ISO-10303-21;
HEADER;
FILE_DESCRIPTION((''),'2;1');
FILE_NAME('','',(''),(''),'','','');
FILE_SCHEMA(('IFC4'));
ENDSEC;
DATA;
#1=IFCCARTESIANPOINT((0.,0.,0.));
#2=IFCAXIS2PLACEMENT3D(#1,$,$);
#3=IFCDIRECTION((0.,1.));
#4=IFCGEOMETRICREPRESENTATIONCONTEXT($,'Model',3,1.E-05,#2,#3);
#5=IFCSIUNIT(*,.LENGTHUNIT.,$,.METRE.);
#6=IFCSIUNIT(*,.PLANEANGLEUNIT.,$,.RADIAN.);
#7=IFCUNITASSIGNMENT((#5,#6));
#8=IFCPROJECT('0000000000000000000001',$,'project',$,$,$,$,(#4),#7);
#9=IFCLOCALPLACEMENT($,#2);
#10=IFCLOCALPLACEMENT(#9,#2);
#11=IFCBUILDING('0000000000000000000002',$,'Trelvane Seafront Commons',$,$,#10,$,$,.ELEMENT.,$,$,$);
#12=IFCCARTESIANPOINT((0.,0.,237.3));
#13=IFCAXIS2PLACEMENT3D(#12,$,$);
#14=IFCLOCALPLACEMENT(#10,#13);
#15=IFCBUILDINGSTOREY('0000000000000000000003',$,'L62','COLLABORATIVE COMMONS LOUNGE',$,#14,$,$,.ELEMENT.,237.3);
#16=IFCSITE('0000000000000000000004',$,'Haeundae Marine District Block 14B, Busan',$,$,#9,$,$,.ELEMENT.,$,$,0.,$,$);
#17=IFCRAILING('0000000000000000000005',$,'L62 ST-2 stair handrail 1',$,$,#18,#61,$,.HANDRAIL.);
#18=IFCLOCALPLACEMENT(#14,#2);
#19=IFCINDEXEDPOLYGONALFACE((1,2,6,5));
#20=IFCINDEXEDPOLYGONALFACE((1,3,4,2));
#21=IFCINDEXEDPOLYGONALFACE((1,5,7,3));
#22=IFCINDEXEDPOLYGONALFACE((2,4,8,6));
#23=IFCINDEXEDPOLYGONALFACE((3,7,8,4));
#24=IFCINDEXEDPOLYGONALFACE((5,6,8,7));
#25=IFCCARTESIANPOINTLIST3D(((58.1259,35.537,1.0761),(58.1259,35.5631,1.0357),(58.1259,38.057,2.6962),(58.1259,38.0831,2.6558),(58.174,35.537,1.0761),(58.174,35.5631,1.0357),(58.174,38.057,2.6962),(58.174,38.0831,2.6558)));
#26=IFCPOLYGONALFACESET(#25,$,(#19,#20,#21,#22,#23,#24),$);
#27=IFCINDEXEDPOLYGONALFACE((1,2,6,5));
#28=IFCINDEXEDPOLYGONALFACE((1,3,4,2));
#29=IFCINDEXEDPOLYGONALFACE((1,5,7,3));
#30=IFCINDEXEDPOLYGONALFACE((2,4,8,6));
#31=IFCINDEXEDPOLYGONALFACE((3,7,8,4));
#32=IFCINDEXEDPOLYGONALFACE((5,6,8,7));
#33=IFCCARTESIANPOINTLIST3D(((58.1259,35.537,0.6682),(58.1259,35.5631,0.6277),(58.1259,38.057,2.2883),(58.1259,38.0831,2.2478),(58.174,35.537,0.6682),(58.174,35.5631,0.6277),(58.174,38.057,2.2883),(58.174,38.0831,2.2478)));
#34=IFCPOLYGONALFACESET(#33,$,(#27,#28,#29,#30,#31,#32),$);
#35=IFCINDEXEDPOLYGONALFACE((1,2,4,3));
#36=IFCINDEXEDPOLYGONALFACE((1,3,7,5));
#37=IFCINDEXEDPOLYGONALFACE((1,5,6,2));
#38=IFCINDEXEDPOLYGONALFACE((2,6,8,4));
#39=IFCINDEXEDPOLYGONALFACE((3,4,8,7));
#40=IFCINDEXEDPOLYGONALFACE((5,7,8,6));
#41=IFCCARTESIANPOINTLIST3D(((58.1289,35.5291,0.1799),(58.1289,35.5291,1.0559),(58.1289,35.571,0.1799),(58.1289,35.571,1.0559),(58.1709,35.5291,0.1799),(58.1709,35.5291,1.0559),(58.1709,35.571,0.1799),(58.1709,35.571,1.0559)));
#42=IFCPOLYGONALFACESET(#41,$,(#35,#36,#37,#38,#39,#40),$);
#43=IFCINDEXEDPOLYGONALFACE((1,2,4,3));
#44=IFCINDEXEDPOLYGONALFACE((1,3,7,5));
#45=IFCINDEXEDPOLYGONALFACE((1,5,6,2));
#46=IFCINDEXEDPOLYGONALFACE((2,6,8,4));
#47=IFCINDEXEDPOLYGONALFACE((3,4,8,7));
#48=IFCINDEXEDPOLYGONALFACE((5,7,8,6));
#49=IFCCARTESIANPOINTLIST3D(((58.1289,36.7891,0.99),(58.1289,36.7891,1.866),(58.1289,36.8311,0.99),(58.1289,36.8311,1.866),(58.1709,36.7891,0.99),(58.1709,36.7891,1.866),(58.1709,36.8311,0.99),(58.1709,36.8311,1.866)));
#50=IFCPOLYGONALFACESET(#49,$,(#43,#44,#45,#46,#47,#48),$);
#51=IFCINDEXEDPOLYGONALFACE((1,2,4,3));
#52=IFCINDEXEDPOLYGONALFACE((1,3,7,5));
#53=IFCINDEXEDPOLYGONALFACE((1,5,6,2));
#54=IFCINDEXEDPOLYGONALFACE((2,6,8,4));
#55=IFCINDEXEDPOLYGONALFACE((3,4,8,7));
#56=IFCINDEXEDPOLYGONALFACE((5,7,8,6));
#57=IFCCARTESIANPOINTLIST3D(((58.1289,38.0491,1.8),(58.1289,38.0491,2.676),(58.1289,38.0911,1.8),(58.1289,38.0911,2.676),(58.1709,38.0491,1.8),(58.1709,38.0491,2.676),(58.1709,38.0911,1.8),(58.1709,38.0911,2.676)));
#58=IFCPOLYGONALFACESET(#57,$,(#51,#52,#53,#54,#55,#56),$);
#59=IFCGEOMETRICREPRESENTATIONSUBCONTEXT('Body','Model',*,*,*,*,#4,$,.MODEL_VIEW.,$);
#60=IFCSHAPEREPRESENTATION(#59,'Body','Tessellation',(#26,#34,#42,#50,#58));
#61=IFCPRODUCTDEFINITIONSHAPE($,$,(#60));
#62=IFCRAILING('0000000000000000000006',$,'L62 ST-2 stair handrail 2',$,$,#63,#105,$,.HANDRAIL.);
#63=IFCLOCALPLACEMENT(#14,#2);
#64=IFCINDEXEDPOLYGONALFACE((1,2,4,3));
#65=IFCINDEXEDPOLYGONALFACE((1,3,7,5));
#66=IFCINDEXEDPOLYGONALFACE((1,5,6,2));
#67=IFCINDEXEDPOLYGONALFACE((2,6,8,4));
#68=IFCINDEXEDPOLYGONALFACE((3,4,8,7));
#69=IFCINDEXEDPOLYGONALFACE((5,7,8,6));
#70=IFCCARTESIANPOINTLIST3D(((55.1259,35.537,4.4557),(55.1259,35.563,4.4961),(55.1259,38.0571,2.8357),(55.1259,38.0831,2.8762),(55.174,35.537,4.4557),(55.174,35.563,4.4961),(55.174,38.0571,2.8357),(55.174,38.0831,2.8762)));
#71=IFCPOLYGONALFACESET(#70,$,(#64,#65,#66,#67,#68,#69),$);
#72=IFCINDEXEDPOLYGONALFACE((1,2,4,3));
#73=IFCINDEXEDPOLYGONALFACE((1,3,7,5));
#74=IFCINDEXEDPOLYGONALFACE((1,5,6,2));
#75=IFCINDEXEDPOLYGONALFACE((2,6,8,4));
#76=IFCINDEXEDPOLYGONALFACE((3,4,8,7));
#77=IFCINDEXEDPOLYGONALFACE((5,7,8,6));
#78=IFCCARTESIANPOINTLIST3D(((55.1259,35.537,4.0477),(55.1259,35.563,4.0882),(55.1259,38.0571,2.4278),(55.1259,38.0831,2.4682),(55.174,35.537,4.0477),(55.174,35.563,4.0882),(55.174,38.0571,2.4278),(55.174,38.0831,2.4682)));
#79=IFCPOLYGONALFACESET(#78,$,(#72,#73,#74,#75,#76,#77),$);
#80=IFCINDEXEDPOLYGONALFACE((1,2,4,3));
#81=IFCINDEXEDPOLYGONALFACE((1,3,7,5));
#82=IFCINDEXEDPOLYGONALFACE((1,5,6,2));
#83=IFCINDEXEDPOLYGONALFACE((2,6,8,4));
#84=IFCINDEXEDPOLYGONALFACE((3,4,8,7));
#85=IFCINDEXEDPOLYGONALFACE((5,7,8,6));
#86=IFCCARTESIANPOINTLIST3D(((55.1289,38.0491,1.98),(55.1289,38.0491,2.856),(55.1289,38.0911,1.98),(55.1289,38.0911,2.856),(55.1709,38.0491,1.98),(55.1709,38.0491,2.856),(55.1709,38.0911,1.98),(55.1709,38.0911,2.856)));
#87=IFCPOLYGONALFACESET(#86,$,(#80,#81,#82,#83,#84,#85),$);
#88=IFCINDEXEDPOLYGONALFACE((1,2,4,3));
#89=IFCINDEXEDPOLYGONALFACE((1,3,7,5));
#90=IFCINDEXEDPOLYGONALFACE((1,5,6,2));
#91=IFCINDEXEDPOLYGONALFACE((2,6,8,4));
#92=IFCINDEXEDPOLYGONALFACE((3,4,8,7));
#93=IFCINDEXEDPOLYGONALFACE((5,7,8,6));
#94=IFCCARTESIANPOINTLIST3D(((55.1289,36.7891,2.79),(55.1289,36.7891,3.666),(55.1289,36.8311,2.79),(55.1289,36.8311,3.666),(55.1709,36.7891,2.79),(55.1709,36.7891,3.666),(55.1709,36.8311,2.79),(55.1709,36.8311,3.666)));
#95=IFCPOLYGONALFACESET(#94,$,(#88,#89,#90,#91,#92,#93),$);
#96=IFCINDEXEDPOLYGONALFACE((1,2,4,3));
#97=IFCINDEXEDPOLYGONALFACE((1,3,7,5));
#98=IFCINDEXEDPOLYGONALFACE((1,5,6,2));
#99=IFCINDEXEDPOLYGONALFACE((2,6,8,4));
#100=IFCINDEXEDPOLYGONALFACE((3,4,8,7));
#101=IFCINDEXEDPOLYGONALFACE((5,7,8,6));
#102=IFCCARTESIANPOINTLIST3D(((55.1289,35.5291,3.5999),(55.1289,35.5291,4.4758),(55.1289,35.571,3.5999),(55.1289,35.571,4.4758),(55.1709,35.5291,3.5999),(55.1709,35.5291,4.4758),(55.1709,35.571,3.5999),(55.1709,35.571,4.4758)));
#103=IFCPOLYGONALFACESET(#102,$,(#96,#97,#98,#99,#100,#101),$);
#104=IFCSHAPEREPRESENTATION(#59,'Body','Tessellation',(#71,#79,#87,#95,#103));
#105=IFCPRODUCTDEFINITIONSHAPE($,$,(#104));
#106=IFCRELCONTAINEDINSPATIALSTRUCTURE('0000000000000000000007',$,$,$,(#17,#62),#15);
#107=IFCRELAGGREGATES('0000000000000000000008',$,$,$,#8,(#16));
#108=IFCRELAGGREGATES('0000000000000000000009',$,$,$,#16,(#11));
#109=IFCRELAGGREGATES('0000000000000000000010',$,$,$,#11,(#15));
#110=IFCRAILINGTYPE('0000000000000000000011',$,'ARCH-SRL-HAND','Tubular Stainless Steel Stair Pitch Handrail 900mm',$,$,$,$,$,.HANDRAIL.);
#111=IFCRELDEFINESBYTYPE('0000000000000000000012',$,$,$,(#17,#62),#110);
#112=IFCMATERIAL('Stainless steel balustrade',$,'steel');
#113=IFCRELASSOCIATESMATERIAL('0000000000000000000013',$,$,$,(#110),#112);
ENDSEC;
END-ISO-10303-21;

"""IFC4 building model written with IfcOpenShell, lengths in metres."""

from ifc_helpers import new_model, si_unit, direction, frame, origin, origin_2d, place, context, subcontext, project, spatial, rectangle, extrude, material, type_object, element, save


model = new_model("IFC4")

# Units and contexts
model_context = context("Model", 3, precision=1e-05, world=origin(), true_north=direction((0.0, 1.0)))
body_context = subcontext(model_context, "Body", "Model", "MODEL_VIEW")
ifc_project = project(units=[si_unit("LENGTHUNIT", "METRE"), si_unit("PLANEANGLEUNIT", "RADIAN")], contexts=[model_context])

# Site, building, storey
site_placement = place(None, origin())
site = spatial("IfcSite", under=ifc_project, at=site_placement, Name="Haeundae Marine District Block 14B, Busan", CompositionType="ELEMENT", RefElevation=0.0)
building_placement = place(site_placement, origin())
building = spatial("IfcBuilding", under=site, at=building_placement, Name="Trelvane Seafront Commons", CompositionType="ELEMENT")
storey_placement = place(building_placement, frame((0.0, 0.0, 237.3)))
storey = spatial("IfcBuildingStorey", under=building, at=storey_placement, Name="L62", Description="COLLABORATIVE COMMONS LOUNGE", CompositionType="ELEMENT", Elevation=237.3)

# Railings
ifc_material_1 = material(Name="Stainless steel balustrade", Category="steel")
railing_type_1 = type_object("IfcRailingType", Name="ARCH-SRL-HAND", Description="Tubular Stainless Steel Stair Pitch Handrail 900mm", PredefinedType="HANDRAIL", material=ifc_material_1)
railing_1_placement = place(storey_placement, frame((58.1499, 35.55, 0.1799)))
element("IfcRailing", 1, at=railing_1_placement, inside=storey, type_object=railing_type_1, Name="L62 ST-2 stair handrail 1", PredefinedType="HANDRAIL", context=body_context, shape_type="SweptSolid", body=[
    extrude(rectangle(XDim=0.0481, YDim=0.0481, at=origin_2d()), frame((0.0, 0.0, 0.876), z_axis=(0.0, 0.841163, 0.540782), x_axis=(-1.0, 0.0, 0.0)), (0.0, 0.0, 1.0), 2.9958),
    extrude(rectangle(XDim=0.0481, YDim=0.0481, at=origin_2d()), frame((0.0, 0.0, 0.468), z_axis=(0.0, 0.841163, 0.540782), x_axis=(-1.0, 0.0, 0.0)), (0.0, 0.0, 1.0), 2.9958),
    extrude(rectangle(XDim=0.042, YDim=0.042, at=origin_2d()), origin(), (0.0, 0.0, 1.0), 0.876),
    extrude(rectangle(XDim=0.042, YDim=0.042, at=origin_2d()), frame((0.0, 1.26, 0.8101)), (0.0, 0.0, 1.0), 0.876),
    extrude(rectangle(XDim=0.042, YDim=0.042, at=origin_2d()), frame((0.0, 2.52, 1.6201)), (0.0, 0.0, 1.0), 0.876),
])
railing_2_placement = place(storey_placement, frame((55.1499, 38.0701, 1.98)))
element("IfcRailing", 2, at=railing_2_placement, inside=storey, type_object=railing_type_1, Name="L62 ST-2 stair handrail 2", PredefinedType="HANDRAIL", context=body_context, shape_type="SweptSolid", body=[
    extrude(rectangle(XDim=0.0481, YDim=0.0481, at=origin_2d()), frame((0.0, 0.0, 0.876), z_axis=(0.0, -0.8412, 0.540725), x_axis=(1.0, 0.0, 0.0)), (0.0, 0.0, 1.0), 2.9958),
    extrude(rectangle(XDim=0.0481, YDim=0.0481, at=origin_2d()), frame((0.0, 0.0, 0.468), z_axis=(0.0, -0.8412, 0.540725), x_axis=(1.0, 0.0, 0.0)), (0.0, 0.0, 1.0), 2.9958),
    extrude(rectangle(XDim=0.042, YDim=0.042, at=origin_2d()), origin(), (0.0, 0.0, 1.0), 0.876),
    extrude(rectangle(XDim=0.042, YDim=0.042, at=origin_2d()), frame((0.0, -1.26, 0.8101)), (0.0, 0.0, 1.0), 0.876),
    extrude(rectangle(XDim=0.042, YDim=0.042, at=origin_2d()), frame((0.0, -2.52, 1.6199)), (0.0, 0.0, 1.0), 0.876),
])

save(model, "model.ifc")
